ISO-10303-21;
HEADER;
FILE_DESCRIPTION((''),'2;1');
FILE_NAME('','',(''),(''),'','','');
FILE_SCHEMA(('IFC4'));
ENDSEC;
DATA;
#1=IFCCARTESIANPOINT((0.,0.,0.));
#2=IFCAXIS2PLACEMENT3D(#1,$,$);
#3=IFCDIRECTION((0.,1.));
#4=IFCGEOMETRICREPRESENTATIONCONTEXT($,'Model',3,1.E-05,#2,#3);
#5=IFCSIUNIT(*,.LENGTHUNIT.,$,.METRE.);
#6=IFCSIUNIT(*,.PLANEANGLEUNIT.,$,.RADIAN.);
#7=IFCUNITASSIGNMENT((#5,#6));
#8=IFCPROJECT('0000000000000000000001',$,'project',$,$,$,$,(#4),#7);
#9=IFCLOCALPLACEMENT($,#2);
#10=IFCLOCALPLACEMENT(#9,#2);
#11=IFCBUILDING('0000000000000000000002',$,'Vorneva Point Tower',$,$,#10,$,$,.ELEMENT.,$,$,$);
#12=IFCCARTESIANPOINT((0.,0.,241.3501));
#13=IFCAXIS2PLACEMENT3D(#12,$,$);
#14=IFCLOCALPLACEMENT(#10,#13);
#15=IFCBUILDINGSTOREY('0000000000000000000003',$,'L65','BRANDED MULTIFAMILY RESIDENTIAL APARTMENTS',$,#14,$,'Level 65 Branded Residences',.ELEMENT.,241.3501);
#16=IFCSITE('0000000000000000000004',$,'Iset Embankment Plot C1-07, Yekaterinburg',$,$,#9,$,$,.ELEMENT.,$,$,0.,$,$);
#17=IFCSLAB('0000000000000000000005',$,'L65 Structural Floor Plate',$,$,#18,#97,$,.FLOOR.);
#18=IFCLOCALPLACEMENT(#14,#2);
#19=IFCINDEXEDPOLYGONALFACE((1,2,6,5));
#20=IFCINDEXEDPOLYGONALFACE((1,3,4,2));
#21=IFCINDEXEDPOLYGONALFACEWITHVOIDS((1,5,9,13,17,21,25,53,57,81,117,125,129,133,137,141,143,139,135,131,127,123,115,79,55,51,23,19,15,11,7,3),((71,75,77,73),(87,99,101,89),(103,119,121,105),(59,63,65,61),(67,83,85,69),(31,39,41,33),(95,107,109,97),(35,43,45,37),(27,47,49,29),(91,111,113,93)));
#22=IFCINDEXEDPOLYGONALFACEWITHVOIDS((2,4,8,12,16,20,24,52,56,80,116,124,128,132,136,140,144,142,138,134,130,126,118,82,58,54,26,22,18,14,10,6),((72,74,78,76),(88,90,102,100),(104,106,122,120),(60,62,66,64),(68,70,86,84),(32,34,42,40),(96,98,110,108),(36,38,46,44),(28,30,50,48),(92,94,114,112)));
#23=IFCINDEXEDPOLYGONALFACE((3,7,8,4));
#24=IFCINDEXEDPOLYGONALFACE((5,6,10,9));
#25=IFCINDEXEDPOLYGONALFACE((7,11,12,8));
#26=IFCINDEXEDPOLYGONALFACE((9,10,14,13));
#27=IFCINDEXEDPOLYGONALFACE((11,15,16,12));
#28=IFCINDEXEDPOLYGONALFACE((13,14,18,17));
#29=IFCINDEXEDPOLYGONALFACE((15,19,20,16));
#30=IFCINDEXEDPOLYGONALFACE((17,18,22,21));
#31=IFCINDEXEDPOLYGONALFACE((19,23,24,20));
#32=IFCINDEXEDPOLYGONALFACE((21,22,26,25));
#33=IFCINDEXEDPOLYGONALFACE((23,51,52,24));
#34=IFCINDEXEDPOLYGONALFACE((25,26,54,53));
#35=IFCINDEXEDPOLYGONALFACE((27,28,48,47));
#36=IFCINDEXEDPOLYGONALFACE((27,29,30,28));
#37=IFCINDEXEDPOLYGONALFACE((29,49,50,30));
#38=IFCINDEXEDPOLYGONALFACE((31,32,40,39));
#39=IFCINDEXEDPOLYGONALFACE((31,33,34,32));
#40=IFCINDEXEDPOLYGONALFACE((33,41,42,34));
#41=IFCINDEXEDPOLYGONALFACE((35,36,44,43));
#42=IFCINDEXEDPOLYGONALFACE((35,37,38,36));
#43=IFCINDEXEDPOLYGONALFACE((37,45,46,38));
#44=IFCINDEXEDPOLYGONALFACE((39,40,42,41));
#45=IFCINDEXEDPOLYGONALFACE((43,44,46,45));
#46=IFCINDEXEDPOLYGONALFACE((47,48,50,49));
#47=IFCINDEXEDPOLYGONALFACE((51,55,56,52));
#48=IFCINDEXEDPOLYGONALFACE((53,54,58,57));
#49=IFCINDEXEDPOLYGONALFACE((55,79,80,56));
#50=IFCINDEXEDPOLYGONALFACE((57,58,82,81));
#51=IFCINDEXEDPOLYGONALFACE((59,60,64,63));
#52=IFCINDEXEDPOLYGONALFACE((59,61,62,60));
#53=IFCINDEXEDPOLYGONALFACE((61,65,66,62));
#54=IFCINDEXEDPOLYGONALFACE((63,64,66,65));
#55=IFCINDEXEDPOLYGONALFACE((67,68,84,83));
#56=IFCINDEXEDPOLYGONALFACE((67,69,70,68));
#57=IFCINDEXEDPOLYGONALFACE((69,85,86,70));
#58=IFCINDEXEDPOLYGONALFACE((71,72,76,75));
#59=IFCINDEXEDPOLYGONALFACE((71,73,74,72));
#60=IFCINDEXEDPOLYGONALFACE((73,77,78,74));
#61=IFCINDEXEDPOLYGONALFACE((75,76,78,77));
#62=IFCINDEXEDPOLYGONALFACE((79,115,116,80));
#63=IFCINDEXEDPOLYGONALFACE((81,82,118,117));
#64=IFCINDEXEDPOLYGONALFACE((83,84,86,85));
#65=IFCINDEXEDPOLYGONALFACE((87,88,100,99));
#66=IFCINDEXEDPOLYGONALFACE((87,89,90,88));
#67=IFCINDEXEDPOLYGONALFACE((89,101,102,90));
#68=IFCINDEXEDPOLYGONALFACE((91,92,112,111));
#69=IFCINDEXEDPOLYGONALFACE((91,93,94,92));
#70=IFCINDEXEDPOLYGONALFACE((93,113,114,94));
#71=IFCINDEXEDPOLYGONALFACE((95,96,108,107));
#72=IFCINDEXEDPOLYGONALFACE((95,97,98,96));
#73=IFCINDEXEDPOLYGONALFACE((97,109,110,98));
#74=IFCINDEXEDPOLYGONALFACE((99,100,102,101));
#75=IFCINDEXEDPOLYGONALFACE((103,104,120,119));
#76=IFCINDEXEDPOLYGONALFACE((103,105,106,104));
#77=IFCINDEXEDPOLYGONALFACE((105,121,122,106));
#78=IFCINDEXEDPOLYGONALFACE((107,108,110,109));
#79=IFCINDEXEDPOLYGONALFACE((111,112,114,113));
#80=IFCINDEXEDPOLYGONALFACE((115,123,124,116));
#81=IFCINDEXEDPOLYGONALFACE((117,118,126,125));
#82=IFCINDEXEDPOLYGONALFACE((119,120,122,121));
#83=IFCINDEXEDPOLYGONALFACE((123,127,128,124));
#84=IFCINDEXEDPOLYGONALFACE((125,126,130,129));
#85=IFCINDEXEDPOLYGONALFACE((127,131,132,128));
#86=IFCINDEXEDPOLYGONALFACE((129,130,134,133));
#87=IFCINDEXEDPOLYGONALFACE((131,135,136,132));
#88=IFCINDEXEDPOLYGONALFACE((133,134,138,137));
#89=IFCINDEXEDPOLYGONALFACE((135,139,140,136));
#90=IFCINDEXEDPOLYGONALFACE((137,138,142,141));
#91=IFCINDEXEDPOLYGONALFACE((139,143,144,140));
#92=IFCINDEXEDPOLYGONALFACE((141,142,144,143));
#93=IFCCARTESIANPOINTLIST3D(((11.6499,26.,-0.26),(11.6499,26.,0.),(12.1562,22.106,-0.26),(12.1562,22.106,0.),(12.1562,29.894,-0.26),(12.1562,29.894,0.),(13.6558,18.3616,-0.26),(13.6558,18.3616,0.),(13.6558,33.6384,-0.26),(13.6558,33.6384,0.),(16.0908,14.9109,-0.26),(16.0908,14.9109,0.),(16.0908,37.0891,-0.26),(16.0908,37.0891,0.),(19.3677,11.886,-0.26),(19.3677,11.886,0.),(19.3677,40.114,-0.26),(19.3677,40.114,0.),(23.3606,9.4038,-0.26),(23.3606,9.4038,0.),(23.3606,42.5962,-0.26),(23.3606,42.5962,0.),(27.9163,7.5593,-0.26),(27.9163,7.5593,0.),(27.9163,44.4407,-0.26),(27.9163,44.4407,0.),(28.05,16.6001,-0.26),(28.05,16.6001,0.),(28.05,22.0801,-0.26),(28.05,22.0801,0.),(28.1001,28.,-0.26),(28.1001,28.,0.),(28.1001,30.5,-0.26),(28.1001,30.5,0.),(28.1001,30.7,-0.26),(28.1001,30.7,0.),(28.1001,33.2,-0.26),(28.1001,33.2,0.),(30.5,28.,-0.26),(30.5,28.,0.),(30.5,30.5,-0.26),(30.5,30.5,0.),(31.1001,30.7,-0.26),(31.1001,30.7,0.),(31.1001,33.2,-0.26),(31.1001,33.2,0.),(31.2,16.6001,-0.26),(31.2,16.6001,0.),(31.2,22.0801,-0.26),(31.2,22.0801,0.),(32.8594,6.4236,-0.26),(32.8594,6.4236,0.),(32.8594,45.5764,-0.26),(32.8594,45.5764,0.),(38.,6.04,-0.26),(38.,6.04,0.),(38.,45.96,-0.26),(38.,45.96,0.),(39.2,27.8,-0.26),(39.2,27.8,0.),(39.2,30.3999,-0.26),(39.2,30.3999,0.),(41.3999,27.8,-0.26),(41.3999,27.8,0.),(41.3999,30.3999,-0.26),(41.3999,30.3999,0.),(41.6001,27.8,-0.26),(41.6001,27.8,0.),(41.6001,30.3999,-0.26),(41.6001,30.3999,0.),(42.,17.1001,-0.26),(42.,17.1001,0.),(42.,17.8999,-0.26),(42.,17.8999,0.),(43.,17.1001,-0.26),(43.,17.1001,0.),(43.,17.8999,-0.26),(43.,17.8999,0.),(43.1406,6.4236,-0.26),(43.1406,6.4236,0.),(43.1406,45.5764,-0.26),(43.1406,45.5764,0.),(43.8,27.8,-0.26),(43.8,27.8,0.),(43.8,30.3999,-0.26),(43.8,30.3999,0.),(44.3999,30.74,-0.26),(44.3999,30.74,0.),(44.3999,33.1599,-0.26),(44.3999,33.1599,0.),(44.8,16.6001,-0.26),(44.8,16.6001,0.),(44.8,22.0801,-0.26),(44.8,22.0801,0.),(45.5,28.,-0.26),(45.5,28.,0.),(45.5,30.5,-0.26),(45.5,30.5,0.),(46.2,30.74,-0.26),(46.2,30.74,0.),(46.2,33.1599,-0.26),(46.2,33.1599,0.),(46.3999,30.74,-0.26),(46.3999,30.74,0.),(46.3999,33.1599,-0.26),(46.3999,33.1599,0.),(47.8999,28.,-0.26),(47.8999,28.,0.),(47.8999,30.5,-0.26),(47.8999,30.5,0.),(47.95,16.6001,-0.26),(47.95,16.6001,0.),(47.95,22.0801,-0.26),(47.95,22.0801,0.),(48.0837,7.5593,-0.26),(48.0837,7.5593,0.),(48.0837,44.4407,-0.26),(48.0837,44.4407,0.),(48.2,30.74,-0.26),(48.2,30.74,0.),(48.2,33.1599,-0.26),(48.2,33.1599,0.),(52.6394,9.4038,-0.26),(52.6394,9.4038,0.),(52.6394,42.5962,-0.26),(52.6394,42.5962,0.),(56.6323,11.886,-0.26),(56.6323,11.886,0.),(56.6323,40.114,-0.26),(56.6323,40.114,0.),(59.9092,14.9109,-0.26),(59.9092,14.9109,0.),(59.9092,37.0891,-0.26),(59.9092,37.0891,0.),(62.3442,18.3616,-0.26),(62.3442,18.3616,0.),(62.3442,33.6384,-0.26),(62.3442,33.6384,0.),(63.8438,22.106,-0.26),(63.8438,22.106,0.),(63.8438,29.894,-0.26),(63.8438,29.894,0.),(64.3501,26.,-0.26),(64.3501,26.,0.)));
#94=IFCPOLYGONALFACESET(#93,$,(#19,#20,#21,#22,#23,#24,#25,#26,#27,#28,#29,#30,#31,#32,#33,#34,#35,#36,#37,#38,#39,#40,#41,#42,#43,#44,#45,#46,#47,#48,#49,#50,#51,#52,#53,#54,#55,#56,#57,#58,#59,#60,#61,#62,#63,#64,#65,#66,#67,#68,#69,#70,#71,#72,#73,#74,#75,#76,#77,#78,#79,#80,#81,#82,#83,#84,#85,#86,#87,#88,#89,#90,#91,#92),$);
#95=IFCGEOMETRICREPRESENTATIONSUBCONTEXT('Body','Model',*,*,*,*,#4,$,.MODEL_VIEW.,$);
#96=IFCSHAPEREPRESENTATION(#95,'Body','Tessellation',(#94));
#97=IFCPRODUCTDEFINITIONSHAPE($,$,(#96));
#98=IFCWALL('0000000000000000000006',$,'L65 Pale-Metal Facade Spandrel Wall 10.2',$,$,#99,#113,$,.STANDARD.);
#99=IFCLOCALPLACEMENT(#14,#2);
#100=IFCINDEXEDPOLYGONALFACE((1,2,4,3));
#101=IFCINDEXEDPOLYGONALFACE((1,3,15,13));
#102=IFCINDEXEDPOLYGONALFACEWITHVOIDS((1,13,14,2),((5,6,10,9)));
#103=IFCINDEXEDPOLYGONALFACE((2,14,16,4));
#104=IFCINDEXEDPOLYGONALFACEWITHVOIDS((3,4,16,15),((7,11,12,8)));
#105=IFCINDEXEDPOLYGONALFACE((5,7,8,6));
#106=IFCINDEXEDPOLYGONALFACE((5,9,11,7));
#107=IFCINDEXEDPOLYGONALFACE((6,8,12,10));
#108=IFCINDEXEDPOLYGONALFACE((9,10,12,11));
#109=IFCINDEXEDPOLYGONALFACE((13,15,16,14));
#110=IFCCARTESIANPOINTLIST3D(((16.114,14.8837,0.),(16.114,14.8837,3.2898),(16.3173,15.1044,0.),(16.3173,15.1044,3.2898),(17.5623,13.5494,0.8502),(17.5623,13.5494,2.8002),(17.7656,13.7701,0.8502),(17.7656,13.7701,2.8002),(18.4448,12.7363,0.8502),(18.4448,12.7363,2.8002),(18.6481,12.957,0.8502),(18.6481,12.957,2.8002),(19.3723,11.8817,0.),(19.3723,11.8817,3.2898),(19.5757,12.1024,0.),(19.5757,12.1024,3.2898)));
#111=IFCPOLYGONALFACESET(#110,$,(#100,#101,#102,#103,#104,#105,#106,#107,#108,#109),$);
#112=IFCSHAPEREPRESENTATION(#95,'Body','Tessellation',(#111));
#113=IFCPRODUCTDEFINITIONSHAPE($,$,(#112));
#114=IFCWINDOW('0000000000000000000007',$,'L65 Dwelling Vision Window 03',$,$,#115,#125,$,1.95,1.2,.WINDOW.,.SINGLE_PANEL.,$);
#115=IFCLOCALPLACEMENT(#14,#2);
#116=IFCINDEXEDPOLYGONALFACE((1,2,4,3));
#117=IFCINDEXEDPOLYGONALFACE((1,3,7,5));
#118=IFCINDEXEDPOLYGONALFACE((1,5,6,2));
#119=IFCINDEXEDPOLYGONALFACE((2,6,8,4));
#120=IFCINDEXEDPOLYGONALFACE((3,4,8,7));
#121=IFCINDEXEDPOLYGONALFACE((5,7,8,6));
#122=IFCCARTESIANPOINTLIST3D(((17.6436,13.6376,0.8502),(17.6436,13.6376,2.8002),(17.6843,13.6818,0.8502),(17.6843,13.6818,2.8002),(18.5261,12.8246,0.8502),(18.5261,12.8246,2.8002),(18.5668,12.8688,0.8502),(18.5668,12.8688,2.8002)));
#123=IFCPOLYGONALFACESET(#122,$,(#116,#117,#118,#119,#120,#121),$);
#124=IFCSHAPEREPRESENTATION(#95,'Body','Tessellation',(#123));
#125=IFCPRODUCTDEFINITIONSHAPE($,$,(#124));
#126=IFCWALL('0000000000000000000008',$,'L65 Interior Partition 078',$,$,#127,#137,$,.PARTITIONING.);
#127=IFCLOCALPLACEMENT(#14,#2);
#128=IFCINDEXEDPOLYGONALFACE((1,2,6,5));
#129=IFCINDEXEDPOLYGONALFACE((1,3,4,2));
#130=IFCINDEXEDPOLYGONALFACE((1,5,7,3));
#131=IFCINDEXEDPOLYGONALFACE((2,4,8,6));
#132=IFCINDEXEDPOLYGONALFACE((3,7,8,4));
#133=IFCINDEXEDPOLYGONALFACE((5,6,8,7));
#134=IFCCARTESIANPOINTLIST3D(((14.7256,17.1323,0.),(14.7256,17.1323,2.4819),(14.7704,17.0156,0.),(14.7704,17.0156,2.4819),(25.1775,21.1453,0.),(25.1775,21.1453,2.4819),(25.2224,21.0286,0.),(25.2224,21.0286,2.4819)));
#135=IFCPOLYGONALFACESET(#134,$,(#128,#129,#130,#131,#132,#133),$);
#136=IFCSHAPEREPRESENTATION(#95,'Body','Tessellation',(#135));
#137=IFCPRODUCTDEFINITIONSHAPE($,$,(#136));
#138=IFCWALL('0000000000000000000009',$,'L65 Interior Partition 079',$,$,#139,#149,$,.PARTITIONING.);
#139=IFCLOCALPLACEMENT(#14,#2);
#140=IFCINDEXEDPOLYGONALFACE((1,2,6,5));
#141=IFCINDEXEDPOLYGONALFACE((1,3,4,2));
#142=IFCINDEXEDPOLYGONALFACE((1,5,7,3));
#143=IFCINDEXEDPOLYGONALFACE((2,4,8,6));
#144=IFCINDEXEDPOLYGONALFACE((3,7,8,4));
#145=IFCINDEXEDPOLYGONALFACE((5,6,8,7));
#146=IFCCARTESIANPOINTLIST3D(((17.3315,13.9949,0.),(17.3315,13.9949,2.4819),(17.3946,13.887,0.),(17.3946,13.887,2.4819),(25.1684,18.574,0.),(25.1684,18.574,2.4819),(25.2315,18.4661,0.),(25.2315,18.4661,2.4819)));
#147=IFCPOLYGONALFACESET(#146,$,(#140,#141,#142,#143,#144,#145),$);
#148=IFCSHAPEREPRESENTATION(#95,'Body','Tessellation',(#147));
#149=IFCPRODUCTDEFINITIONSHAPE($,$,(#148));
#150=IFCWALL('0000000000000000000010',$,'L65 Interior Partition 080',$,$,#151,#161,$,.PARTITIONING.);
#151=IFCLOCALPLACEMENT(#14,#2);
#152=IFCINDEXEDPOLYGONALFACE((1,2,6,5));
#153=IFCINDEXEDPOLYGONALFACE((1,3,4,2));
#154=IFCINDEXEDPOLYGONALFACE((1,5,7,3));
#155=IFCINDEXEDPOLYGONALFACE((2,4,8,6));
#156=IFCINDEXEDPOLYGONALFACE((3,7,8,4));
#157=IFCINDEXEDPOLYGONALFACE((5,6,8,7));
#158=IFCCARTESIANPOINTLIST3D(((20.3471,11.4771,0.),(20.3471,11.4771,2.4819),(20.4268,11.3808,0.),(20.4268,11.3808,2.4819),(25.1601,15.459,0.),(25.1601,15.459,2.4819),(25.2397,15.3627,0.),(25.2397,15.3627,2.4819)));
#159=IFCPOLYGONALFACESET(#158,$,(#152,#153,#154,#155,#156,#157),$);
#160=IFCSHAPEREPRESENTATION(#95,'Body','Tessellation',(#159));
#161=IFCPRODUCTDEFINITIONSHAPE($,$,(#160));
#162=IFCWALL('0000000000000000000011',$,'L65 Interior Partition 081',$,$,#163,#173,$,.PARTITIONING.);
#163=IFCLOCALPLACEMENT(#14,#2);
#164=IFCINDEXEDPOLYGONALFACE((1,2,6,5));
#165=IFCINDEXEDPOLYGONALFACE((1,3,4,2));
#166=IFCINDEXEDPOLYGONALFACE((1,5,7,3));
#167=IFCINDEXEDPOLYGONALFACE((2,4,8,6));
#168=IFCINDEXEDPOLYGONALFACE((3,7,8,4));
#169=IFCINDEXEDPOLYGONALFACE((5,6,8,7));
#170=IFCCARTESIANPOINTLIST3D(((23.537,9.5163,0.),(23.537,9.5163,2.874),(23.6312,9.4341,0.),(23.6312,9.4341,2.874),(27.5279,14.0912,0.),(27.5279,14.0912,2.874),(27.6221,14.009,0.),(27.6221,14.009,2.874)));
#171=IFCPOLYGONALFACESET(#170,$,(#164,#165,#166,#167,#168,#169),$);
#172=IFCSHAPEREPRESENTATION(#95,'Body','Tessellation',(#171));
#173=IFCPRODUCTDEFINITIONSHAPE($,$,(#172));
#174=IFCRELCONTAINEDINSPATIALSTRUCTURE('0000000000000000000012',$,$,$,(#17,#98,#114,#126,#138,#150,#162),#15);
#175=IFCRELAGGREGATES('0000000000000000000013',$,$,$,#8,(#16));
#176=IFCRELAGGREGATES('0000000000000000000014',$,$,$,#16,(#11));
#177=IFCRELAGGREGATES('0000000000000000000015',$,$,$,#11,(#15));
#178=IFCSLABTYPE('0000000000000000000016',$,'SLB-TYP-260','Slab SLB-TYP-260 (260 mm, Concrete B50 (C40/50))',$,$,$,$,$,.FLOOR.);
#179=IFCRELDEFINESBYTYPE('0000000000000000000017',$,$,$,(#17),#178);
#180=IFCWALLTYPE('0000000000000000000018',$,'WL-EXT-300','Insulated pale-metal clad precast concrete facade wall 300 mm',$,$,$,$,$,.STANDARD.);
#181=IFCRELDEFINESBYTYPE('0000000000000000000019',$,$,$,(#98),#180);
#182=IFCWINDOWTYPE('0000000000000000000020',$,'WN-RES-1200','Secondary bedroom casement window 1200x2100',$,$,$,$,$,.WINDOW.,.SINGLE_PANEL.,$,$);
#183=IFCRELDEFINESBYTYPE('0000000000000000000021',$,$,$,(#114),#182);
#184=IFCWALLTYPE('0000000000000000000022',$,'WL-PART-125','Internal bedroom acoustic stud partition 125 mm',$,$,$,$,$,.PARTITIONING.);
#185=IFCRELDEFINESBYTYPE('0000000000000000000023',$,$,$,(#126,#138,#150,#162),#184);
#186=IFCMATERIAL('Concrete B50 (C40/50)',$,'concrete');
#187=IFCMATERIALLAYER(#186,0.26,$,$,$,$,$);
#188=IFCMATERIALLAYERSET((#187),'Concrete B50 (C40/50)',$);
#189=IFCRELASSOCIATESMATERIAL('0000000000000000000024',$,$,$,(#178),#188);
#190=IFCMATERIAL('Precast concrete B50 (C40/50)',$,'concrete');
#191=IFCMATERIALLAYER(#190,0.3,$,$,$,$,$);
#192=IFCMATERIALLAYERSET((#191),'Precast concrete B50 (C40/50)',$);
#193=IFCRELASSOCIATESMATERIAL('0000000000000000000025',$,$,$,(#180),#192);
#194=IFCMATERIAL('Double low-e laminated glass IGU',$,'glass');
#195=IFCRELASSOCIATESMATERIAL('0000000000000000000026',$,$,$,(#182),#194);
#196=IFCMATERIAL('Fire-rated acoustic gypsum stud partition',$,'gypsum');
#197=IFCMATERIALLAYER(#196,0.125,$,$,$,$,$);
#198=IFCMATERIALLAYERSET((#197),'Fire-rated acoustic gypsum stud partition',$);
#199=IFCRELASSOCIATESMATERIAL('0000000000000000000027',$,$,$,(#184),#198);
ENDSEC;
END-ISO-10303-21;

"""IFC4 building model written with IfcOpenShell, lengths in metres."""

from ifc_helpers import new_model, si_unit, direction, frame, frame_2d, origin, place, context, subcontext, project, spatial, polyline, rectangle, outline, extrude, material, layer, layer_set, type_object, element, fill, save


model = new_model("IFC4")

# Units and contexts
model_context = context("Model", 3, precision=1e-05, world=origin(), true_north=direction((0.0, 1.0)))
body_context = subcontext(model_context, "Body", "Model", "MODEL_VIEW")
ifc_project = project(units=[si_unit("LENGTHUNIT", "METRE"), si_unit("PLANEANGLEUNIT", "RADIAN")], contexts=[model_context])

# Site, building, storey
site_placement = place(None, origin())
site = spatial("IfcSite", under=ifc_project, at=site_placement, Name="Iset Embankment Plot C1-07, Yekaterinburg", CompositionType="ELEMENT", RefElevation=0.0)
building_placement = place(site_placement, origin())
building = spatial("IfcBuilding", under=site, at=building_placement, Name="Vorneva Point Tower", CompositionType="ELEMENT")
storey_placement = place(building_placement, frame((0.0, 0.0, 241.3501)))
storey = spatial("IfcBuildingStorey", under=building, at=storey_placement, Name="L65", Description="BRANDED MULTIFAMILY RESIDENTIAL APARTMENTS", LongName="Level 65 Branded Residences", CompositionType="ELEMENT", Elevation=241.3501)

# Shared definitions
ifc_material_1 = material(Name="Concrete B50 (C40/50)", Category="concrete")

# Shared definitions
ifc_material_2 = material(Name="Double low-e laminated glass IGU", Category="glass")

# Slab
ifc_layer_1 = layer(ifc_material_1, 0.26)
ifc_layer_set_1 = layer_set([ifc_layer_1], Name="Concrete B50 (C40/50)")
slab_type_1 = type_object("IfcSlabType", Name="SLB-TYP-260", Description="Slab SLB-TYP-260 (260 mm, Concrete B50 (C40/50))", PredefinedType="FLOOR", material=ifc_layer_set_1)
slab_1_placement = place(storey_placement, frame((0.0, 0.0, -0.26)))
element("IfcSlab", 1, at=slab_1_placement, inside=storey, type_object=slab_type_1, Name="L65 Structural Floor Plate", PredefinedType="FLOOR", context=body_context, shape_type="SweptSolid", body=[
    extrude(outline(polyline([(64.3501, 26.0), (63.8438, 29.894), (62.3442, 33.6384), (59.9092, 37.0891), (56.6323, 40.114), (52.6394, 42.5962), (48.0837, 44.4407), (43.1406, 45.5764), (38.0, 45.96), (32.8594, 45.5764), (27.9163, 44.4407), (23.3606, 42.5962), (19.3677, 40.114), (16.0908, 37.0891), (13.6558, 33.6384), (12.1562, 29.894), (11.6499, 26.0), (12.1562, 22.106), (13.6558, 18.3616), (16.0908, 14.9109), (19.3677, 11.886), (23.3606, 9.4038), (27.9163, 7.5593), (32.8594, 6.4236), (38.0, 6.04), (43.1406, 6.4236), (48.0837, 7.5593), (52.6394, 9.4038), (56.6323, 11.886), (59.9092, 14.9109), (62.3442, 18.3616), (63.8438, 22.106), (64.3501, 26.0)]), holes=[polyline([(39.2, 27.8), (41.3999, 27.8), (41.3999, 30.3999), (39.2, 30.3999), (39.2, 27.8)]), polyline([(41.6001, 27.8), (43.8, 27.8), (43.8, 30.3999), (41.6001, 30.3999), (41.6001, 27.8)]), polyline([(44.3999, 30.74), (46.2, 30.74), (46.2, 33.1599), (44.3999, 33.1599), (44.3999, 30.74)]), polyline([(46.3999, 30.74), (48.2, 30.74), (48.2, 33.1599), (46.3999, 33.1599), (46.3999, 30.74)]), polyline([(28.1001, 28.0), (30.5, 28.0), (30.5, 30.5), (28.1001, 30.5), (28.1001, 28.0)]), polyline([(45.5, 28.0), (47.8999, 28.0), (47.8999, 30.5), (45.5, 30.5), (45.5, 28.0)]), polyline([(28.1001, 30.7), (31.1001, 30.7), (31.1001, 33.2), (28.1001, 33.2), (28.1001, 30.7)]), polyline([(28.05, 16.6001), (31.2, 16.6001), (31.2, 22.0801), (28.05, 22.0801), (28.05, 16.6001)]), polyline([(44.8, 16.6001), (47.95, 16.6001), (47.95, 22.0801), (44.8, 22.0801), (44.8, 16.6001)]), polyline([(42.0, 17.1001), (43.0, 17.1001), (43.0, 17.8999), (42.0, 17.8999), (42.0, 17.1001)])]), origin(), (0.0, 0.0, 1.0), 0.26),
])

# Wall, opening, window
ifc_material_3 = material(Name="Precast concrete B50 (C40/50)", Category="concrete")
ifc_layer_2 = layer(ifc_material_3, 0.3)
ifc_layer_set_2 = layer_set([ifc_layer_2], Name="Precast concrete B50 (C40/50)")
wall_type_1 = type_object("IfcWallType", Name="WL-EXT-300", Description="Insulated pale-metal clad precast concrete facade wall 300 mm", PredefinedType="STANDARD", material=ifc_layer_set_2)
wall_1_placement = place(storey_placement, frame((16.2156, 14.9941, 0.0), z_axis=(0.0, 0.0, 1.0), x_axis=(0.735445, -0.677584, 0.0)))
wall_1 = element("IfcWall", 2, at=wall_1_placement, inside=storey, type_object=wall_type_1, Name="L65 Pale-Metal Facade Spandrel Wall 10.2", PredefinedType="STANDARD", context=body_context, shape_type="SweptSolid", body=[
    extrude(rectangle(XDim=4.4304, YDim=0.3, at=frame_2d((2.2153, 0.0))), origin(), (0.0, 0.0, 1.0), 3.2898),
])
opening_1_placement = place(wall_1_placement, frame((1.9692, 0.0, 0.8501)))
opening_1 = element("IfcOpeningElement", 3, at=opening_1_placement, cuts=wall_1, PredefinedType="OPENING", context=body_context, shape_type="SweptSolid", body=[
    extrude(rectangle(XDim=1.2, YDim=1.95, at=frame_2d((0.6001, 0.9751))), frame((0.0, 0.165, 0.0), z_axis=(0.0, -1.0, 0.0), x_axis=(1.0, 0.0, 0.0)), (0.0, 0.0, 1.0), 0.3298),
])
window_type = type_object("IfcWindowType", Name="WN-RES-1200", Description="Secondary bedroom casement window 1200x2100", PartitioningType="SINGLE_PANEL", PredefinedType="WINDOW", material=ifc_material_2)
window_placement = place(opening_1_placement, origin())
window = element("IfcWindow", 4, at=window_placement, inside=storey, type_object=window_type, Name="L65 Dwelling Vision Window 03", OverallHeight=1.95, OverallWidth=1.2, PartitioningType="SINGLE_PANEL", PredefinedType="WINDOW", context=body_context, shape_type="SweptSolid", body=[
    extrude(rectangle(XDim=1.2, YDim=1.95, at=frame_2d((0.6001, 0.9751))), frame((0.0, 0.03, 0.0), z_axis=(0.0, -1.0, 0.0), x_axis=(1.0, 0.0, 0.0)), (0.0, 0.0, 1.0), 0.0601),
])
fill(opening_1, window)

# Walls
ifc_material_4 = material(Name="Fire-rated acoustic gypsum stud partition", Category="gypsum")
ifc_layer_3 = layer(ifc_material_4, 0.125)
ifc_layer_set_3 = layer_set([ifc_layer_3], Name="Fire-rated acoustic gypsum stud partition")
wall_type_2 = type_object("IfcWallType", Name="WL-PART-125", Description="Internal bedroom acoustic stud partition 125 mm", PredefinedType="PARTITIONING", material=ifc_layer_set_3)
wall_2_placement = place(storey_placement, frame((14.748, 17.074, 0.0), z_axis=(0.0, 0.0, 1.0), x_axis=(0.933556, 0.358433, 0.0)))
element("IfcWall", 5, at=wall_2_placement, inside=storey, type_object=wall_type_2, Name="L65 Interior Partition 078", PredefinedType="PARTITIONING", context=body_context, shape_type="SweptSolid", body=[
    extrude(rectangle(XDim=11.1958, YDim=0.125, at=frame_2d((5.5979, 0.0))), origin(), (0.0, 0.0, 1.0), 2.4819),
])
wall_3_placement = place(storey_placement, frame((17.363, 13.9409, 0.0), z_axis=(0.0, 0.0, 1.0), x_axis=(0.863416, 0.504493, 0.0)))
element("IfcWall", 6, at=wall_3_placement, inside=storey, type_object=wall_type_2, Name="L65 Interior Partition 079", PredefinedType="PARTITIONING", context=body_context, shape_type="SweptSolid", body=[
    extrude(rectangle(XDim=9.0767, YDim=0.125, at=frame_2d((4.5383, 0.0))), origin(), (0.0, 0.0, 1.0), 2.4819),
])
wall_4_placement = place(storey_placement, frame((20.387, 11.429, 0.0), z_axis=(0.0, 0.0, 1.0), x_axis=(0.770491, 0.637451, 0.0)))
element("IfcWall", 7, at=wall_4_placement, inside=storey, type_object=wall_type_2, Name="L65 Interior Partition 080", PredefinedType="PARTITIONING", context=body_context, shape_type="SweptSolid", body=[
    extrude(rectangle(XDim=6.2466, YDim=0.125, at=frame_2d((3.1233, 0.0))), origin(), (0.0, 0.0, 1.0), 2.4819),
])
wall_5_placement = place(storey_placement, frame((23.584, 9.4751, 0.0), z_axis=(0.0, 0.0, 1.0), x_axis=(0.657374, 0.753565, 0.0)))
element("IfcWall", 8, at=wall_5_placement, inside=storey, type_object=wall_type_2, Name="L65 Interior Partition 081", PredefinedType="PARTITIONING", context=body_context, shape_type="SweptSolid", body=[
    extrude(rectangle(XDim=6.071, YDim=0.125, at=frame_2d((3.0356, 0.0))), origin(), (0.0, 0.0, 1.0), 2.874),
])

save(model, "model.ifc")
